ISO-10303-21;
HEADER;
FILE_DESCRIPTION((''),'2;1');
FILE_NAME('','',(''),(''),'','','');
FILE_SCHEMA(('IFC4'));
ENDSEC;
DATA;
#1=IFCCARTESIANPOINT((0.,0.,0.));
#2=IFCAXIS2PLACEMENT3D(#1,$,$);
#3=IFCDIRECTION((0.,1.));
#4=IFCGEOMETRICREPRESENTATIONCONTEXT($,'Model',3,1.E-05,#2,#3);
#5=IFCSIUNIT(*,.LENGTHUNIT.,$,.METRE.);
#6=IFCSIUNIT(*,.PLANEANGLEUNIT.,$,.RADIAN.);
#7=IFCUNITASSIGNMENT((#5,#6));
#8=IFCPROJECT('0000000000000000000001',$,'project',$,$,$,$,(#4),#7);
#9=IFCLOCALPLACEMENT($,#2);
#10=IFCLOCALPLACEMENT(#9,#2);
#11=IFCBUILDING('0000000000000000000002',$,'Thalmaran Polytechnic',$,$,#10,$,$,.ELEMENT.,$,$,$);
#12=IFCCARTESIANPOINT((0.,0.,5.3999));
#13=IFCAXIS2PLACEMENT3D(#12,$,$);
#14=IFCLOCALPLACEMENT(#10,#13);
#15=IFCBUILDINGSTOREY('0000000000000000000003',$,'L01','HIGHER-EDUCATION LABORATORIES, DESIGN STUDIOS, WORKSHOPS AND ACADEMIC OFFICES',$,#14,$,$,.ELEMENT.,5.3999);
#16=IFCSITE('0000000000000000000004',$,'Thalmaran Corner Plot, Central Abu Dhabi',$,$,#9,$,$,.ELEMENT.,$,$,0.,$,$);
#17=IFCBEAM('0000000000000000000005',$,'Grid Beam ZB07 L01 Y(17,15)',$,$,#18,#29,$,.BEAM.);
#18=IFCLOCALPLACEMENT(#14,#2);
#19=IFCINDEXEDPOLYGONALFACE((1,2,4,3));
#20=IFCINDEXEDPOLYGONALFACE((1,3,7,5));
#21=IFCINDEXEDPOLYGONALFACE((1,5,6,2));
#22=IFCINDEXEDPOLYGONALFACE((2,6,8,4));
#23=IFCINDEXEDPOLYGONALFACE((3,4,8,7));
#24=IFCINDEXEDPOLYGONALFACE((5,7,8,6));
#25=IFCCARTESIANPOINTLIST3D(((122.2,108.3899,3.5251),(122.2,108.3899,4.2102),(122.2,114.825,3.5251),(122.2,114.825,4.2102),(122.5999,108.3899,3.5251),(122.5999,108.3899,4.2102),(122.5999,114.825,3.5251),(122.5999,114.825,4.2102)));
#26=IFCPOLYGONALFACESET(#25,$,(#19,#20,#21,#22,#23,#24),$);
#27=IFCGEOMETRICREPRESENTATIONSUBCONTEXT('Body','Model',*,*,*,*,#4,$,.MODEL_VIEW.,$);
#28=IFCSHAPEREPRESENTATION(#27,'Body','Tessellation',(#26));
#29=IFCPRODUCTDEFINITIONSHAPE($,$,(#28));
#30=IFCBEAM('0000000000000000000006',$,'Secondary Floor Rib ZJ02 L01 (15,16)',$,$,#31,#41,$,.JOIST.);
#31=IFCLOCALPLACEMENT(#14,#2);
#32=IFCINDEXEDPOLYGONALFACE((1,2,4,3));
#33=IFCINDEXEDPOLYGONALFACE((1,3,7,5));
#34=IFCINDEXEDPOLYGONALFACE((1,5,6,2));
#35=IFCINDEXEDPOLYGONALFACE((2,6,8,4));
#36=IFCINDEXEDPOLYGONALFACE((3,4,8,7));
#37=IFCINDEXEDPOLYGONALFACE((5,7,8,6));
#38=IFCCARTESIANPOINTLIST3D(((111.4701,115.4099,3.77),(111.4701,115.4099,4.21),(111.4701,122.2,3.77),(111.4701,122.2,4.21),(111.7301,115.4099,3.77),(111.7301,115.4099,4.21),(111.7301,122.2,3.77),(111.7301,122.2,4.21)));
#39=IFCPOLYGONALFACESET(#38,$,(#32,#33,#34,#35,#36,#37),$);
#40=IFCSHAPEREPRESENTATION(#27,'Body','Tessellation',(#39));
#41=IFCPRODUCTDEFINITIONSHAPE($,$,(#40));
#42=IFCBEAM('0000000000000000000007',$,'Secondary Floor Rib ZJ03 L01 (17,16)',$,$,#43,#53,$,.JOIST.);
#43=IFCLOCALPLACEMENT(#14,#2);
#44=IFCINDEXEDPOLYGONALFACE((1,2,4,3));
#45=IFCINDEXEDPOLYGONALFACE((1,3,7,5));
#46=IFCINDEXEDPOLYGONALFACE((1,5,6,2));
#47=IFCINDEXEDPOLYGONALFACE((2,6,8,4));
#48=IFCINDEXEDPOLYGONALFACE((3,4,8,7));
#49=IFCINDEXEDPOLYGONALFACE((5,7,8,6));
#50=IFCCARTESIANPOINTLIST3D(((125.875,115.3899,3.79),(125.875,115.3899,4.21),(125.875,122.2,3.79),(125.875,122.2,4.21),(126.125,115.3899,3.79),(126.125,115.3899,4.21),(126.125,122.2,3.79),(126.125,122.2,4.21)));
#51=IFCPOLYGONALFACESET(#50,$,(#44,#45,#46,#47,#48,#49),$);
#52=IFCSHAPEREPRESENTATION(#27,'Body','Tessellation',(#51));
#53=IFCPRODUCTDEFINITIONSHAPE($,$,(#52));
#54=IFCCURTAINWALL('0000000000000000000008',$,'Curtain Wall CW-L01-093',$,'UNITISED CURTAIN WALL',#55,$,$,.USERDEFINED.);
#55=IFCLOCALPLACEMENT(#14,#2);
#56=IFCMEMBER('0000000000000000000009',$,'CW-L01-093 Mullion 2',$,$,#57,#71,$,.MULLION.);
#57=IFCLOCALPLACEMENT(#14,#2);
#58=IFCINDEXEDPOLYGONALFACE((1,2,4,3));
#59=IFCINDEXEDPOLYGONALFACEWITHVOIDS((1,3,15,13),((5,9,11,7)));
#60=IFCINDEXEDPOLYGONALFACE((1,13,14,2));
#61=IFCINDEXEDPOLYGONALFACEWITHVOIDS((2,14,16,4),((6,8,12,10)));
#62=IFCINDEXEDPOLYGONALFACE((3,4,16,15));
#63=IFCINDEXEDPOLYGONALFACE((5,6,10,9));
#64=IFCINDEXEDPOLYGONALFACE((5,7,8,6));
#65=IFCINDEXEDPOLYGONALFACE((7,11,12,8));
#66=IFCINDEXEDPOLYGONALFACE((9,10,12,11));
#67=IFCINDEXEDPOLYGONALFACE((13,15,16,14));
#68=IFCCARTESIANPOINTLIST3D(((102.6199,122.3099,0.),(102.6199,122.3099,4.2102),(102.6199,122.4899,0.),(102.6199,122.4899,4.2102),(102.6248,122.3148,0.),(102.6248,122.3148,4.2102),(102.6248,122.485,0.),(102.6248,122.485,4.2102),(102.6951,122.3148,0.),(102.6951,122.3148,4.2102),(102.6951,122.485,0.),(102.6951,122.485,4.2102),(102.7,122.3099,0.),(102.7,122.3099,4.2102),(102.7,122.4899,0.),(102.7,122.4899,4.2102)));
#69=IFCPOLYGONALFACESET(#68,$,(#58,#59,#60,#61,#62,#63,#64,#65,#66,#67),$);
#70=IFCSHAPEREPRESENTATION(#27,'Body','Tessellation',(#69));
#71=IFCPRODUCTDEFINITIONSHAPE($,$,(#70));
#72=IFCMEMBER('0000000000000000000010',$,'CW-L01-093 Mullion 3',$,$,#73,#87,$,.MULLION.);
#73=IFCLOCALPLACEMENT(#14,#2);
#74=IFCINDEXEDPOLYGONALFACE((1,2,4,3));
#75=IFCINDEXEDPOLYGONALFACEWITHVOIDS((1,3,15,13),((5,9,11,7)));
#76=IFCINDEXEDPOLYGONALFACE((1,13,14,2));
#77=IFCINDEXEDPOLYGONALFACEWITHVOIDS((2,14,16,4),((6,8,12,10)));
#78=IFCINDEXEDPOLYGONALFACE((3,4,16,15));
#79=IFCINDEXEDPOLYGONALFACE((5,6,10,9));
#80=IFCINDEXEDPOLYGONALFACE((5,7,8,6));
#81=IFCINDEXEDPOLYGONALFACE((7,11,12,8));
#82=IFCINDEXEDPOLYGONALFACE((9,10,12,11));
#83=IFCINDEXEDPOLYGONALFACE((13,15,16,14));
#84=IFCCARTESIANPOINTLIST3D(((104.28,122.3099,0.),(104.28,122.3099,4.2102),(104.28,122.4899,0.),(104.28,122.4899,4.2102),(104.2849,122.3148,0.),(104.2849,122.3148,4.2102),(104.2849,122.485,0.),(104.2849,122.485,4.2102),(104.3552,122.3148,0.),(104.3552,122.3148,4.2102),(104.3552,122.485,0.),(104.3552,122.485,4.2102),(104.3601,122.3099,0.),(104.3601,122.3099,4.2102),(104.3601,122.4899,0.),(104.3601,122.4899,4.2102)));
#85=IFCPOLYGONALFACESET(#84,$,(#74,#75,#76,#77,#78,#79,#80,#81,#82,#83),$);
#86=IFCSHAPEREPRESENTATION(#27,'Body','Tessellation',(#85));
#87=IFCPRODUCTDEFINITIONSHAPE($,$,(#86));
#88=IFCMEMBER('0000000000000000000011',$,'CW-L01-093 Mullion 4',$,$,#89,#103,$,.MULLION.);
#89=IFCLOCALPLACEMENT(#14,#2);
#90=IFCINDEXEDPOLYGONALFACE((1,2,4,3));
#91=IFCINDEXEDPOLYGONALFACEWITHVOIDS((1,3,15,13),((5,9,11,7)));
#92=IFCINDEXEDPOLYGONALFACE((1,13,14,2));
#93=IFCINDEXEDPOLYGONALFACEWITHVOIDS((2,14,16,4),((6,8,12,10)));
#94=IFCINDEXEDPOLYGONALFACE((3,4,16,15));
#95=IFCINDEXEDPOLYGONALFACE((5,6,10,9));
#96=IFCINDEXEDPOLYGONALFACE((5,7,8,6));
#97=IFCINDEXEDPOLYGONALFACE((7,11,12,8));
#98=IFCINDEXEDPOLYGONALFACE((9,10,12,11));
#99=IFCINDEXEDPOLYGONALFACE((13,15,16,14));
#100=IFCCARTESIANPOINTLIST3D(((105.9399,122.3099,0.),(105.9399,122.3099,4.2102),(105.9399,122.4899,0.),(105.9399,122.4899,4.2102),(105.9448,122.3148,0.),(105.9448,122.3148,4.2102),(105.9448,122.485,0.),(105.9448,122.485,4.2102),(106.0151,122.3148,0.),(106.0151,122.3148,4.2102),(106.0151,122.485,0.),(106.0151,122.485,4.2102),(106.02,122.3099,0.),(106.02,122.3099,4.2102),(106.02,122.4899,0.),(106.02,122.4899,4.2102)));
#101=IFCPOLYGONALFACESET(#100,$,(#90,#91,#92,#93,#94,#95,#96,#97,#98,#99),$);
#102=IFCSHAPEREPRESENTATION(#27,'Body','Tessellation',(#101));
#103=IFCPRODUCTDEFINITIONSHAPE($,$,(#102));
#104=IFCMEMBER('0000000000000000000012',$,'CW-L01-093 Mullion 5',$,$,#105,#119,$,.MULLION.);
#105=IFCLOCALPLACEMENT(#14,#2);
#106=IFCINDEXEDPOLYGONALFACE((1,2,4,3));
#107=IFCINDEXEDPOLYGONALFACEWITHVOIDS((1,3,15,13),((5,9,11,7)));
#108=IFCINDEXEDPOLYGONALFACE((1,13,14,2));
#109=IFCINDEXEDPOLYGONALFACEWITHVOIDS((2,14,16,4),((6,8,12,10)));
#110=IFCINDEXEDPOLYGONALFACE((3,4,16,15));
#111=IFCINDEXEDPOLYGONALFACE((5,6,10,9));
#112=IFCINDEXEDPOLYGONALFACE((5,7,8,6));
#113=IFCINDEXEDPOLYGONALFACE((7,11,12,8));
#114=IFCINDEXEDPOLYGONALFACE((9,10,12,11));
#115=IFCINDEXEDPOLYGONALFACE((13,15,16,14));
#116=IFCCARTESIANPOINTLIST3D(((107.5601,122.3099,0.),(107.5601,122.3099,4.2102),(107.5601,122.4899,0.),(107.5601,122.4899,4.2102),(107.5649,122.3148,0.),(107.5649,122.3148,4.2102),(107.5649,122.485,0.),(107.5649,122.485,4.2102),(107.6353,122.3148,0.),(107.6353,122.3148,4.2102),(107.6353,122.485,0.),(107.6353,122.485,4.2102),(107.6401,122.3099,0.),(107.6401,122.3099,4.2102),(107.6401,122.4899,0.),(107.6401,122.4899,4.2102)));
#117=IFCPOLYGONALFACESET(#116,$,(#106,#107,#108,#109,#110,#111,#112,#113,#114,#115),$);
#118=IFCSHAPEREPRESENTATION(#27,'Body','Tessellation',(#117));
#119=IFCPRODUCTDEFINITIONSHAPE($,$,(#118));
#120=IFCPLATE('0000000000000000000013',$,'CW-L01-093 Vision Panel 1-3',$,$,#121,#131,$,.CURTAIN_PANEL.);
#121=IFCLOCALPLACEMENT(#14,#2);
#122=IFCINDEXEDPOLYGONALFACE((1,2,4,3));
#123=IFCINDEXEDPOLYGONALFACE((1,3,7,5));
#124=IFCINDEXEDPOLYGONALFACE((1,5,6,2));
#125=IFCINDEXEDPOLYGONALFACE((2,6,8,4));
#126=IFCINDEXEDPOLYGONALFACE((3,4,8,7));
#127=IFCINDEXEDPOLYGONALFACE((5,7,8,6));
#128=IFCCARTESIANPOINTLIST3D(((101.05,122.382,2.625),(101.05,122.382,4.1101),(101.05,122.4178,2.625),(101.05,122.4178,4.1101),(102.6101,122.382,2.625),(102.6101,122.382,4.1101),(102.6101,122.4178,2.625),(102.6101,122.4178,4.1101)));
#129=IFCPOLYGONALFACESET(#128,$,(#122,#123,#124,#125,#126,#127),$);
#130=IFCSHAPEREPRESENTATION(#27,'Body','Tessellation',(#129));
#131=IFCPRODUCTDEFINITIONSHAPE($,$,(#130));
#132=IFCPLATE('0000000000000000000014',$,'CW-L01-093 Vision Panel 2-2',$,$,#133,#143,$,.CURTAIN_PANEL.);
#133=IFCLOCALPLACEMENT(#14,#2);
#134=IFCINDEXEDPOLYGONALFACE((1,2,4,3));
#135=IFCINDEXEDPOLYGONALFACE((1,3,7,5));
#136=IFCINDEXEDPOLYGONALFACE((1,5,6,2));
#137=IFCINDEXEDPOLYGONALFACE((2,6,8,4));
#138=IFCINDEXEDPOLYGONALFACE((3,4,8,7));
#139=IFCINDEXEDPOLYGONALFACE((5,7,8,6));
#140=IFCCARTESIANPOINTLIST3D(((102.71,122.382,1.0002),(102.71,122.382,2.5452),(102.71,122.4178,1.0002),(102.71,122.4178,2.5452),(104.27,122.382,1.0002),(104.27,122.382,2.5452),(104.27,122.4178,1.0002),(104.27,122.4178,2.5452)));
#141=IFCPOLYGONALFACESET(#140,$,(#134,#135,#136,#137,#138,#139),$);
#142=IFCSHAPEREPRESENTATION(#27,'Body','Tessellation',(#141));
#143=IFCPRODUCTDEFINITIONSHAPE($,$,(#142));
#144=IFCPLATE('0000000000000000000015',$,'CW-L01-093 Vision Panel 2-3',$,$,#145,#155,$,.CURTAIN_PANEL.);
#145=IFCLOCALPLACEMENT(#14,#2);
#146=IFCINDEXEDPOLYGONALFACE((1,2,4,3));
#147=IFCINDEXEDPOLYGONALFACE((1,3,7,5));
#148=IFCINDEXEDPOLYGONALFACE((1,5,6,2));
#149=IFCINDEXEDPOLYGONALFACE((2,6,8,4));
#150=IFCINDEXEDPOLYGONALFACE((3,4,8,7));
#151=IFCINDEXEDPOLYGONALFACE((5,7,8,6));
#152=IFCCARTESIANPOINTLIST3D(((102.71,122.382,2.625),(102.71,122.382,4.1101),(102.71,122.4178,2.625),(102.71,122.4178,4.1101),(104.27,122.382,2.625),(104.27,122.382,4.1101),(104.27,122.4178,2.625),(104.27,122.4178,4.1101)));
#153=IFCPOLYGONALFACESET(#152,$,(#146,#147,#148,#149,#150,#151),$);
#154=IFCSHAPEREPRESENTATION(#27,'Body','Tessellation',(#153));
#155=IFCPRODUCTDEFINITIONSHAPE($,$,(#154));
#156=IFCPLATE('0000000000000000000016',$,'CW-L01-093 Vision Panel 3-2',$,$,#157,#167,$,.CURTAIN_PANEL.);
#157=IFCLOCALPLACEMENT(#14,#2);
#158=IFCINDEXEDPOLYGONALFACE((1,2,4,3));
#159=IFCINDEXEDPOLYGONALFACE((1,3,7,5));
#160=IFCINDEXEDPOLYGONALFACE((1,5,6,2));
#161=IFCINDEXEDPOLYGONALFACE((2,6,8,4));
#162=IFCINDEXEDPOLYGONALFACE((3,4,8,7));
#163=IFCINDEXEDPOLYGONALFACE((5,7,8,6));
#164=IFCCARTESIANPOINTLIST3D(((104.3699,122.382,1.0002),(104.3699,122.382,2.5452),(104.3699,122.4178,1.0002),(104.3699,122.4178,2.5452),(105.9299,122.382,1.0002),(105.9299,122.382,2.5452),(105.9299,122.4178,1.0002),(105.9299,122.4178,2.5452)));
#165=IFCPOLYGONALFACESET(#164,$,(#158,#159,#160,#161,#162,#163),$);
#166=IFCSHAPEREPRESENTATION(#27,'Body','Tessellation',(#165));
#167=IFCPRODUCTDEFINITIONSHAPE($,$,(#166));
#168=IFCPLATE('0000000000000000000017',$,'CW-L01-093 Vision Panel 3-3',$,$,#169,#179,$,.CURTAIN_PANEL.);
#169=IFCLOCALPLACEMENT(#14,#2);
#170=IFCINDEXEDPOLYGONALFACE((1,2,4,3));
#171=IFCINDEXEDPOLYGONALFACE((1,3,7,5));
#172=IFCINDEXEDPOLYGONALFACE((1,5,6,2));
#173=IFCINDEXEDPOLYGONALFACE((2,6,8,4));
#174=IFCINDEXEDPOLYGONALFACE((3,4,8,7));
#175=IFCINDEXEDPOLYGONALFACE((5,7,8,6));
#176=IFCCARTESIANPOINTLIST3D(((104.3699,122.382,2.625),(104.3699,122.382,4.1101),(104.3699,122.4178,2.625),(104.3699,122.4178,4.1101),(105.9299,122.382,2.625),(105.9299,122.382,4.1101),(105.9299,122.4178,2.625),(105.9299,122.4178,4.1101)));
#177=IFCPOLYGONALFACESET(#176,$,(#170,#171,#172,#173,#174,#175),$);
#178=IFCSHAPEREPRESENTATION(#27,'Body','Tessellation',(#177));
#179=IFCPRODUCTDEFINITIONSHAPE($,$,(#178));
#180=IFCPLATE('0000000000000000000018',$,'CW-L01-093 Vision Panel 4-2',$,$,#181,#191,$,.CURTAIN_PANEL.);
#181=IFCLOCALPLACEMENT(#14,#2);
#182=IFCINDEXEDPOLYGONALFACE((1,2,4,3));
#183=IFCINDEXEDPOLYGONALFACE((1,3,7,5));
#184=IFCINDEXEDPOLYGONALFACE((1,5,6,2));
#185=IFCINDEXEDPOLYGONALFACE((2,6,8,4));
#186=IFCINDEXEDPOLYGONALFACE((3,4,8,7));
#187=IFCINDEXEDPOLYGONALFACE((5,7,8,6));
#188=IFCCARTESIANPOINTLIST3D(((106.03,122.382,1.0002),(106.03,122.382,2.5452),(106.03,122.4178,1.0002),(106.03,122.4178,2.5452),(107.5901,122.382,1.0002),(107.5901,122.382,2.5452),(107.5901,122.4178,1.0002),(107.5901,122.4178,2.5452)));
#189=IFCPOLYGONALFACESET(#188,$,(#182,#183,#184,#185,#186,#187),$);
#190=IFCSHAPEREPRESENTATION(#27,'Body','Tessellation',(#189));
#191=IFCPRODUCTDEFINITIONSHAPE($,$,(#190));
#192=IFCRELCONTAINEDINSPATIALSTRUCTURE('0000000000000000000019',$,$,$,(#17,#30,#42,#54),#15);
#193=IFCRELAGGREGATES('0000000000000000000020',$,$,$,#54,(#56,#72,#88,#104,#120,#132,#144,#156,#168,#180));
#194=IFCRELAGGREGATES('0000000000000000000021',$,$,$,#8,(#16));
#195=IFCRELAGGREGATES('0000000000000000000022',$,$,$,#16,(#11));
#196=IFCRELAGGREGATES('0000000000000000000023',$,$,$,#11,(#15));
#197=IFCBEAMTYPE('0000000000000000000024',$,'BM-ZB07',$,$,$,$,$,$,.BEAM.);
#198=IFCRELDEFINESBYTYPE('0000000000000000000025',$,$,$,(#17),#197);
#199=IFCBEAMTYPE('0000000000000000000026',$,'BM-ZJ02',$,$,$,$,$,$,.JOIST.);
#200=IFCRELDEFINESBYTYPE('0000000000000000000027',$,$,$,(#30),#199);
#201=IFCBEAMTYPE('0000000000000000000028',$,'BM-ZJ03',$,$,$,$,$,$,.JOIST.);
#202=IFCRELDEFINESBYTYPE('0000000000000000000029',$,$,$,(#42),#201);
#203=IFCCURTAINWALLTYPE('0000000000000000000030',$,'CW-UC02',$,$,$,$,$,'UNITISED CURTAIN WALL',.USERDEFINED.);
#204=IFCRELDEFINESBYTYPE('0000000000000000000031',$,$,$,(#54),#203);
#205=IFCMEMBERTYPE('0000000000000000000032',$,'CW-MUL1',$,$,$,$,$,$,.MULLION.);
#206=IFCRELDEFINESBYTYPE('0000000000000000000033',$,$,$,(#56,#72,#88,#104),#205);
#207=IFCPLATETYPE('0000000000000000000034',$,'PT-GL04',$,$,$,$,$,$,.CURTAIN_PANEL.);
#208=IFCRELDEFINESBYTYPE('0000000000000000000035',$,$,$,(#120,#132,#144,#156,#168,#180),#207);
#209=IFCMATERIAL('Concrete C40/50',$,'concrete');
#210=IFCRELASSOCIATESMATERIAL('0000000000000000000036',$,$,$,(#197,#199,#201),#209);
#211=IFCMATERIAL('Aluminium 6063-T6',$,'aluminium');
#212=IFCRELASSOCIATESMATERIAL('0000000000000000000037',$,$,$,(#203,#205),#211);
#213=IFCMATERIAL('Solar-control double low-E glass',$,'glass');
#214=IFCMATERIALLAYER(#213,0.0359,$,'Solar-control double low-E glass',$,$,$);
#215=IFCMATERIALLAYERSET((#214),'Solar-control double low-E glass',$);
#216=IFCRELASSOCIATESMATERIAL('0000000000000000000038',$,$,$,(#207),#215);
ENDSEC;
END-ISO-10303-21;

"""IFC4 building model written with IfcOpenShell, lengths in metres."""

from ifc_helpers import new_model, si_unit, direction, frame, origin, origin_2d, place, context, subcontext, project, spatial, rectangle, hollow_rectangle, extrude, material, layer, layer_set, material_profile, profile_set, type_object, element, aggregate, save


model = new_model("IFC4")

# Units and contexts
model_context = context("Model", 3, precision=1e-05, world=origin(), true_north=direction((0.0, 1.0)))
body_context = subcontext(model_context, "Body", "Model", "MODEL_VIEW")
ifc_project = project(units=[si_unit("LENGTHUNIT", "METRE"), si_unit("PLANEANGLEUNIT", "RADIAN")], contexts=[model_context])

# Site, building, storey
site_placement = place(None, origin())
site = spatial("IfcSite", under=ifc_project, at=site_placement, Name="Thalmaran Corner Plot, Central Abu Dhabi", CompositionType="ELEMENT", RefElevation=0.0)
building_placement = place(site_placement, origin())
building = spatial("IfcBuilding", under=site, at=building_placement, Name="Thalmaran Polytechnic", CompositionType="ELEMENT")
storey_placement = place(building_placement, frame((0.0, 0.0, 5.3999)))
storey = spatial("IfcBuildingStorey", under=building, at=storey_placement, Name="L01", Description="HIGHER-EDUCATION LABORATORIES, DESIGN STUDIOS, WORKSHOPS AND ACADEMIC OFFICES", CompositionType="ELEMENT", Elevation=5.3999)

# Beams
ifc_material_1 = material(Name="Concrete C40/50", Category="concrete")
ifc_material_profile_1 = material_profile(ifc_material_1, rectangle(XDim=0.3999, YDim=0.6851, at=origin_2d()), Name="RC 400x685")
ifc_profile_set_1 = profile_set([ifc_material_profile_1], Name="Concrete C40/50")
beam_type_1 = type_object("IfcBeamType", Name="BM-ZB07", PredefinedType="BEAM", material=ifc_profile_set_1)
beam_1_placement = place(storey_placement, frame((122.3999, 108.3899, 3.8677), z_axis=(0.0, 1.0, 0.0), x_axis=(-1.0, 0.0, 0.0)))
element("IfcBeam", 1, at=beam_1_placement, inside=storey, type_object=beam_type_1, Name="Grid Beam ZB07 L01 Y(17,15)", PredefinedType="BEAM", context=body_context, shape_type="SweptSolid", body=[
    extrude(rectangle(XDim=0.3999, YDim=0.6851, at=origin_2d()), origin(), (0.0, 0.0, 1.0), 6.4351),
])
ifc_material_profile_2 = material_profile(ifc_material_1, rectangle(XDim=0.26, YDim=0.4399, at=origin_2d()), Name="RC 260x440")
ifc_profile_set_2 = profile_set([ifc_material_profile_2], Name="Concrete C40/50")
beam_type_2 = type_object("IfcBeamType", Name="BM-ZJ02", PredefinedType="JOIST", material=ifc_profile_set_2)
beam_2_placement = place(storey_placement, frame((111.6001, 115.4099, 3.99), z_axis=(0.0, 1.0, 0.0), x_axis=(-1.0, 0.0, 0.0)))
element("IfcBeam", 2, at=beam_2_placement, inside=storey, type_object=beam_type_2, Name="Secondary Floor Rib ZJ02 L01 (15,16)", PredefinedType="JOIST", context=body_context, shape_type="SweptSolid", body=[
    extrude(rectangle(XDim=0.26, YDim=0.4399, at=origin_2d()), origin(), (0.0, 0.0, 1.0), 6.79),
])
ifc_material_profile_3 = material_profile(ifc_material_1, rectangle(XDim=0.25, YDim=0.4199, at=origin_2d()), Name="RC 250x420")
ifc_profile_set_3 = profile_set([ifc_material_profile_3], Name="Concrete C40/50")
beam_type_3 = type_object("IfcBeamType", Name="BM-ZJ03", PredefinedType="JOIST", material=ifc_profile_set_3)
beam_3_placement = place(storey_placement, frame((126.0, 115.3899, 4.0), z_axis=(0.0, 1.0, 0.0), x_axis=(-1.0, 0.0, 0.0)))
element("IfcBeam", 3, at=beam_3_placement, inside=storey, type_object=beam_type_3, Name="Secondary Floor Rib ZJ03 L01 (17,16)", PredefinedType="JOIST", context=body_context, shape_type="SweptSolid", body=[
    extrude(rectangle(XDim=0.25, YDim=0.4199, at=origin_2d()), origin(), (0.0, 0.0, 1.0), 6.8101),
])

# Curtain wall, members, plates
ifc_material_2 = material(Name="Aluminium 6063-T6", Category="aluminium")
curtain_wall_type = type_object("IfcCurtainWallType", Name="CW-UC02", ElementType="UNITISED CURTAIN WALL", PredefinedType="USERDEFINED", material=ifc_material_2)
curtain_wall_placement = place(storey_placement, origin())
curtain_wall = element("IfcCurtainWall", 4, at=curtain_wall_placement, inside=storey, type_object=curtain_wall_type, Name="Curtain Wall CW-L01-093", ObjectType="UNITISED CURTAIN WALL", PredefinedType="USERDEFINED")
ifc_material_profile_4 = material_profile(ifc_material_2, hollow_rectangle(XDim=0.0801, YDim=0.1799, WallThickness=0.0049, at=origin_2d()), Name="RHS 180x80x5.0")
ifc_profile_set_4 = profile_set([ifc_material_profile_4], Name="Aluminium 6063-T6")
member_type = type_object("IfcMemberType", Name="CW-MUL1", PredefinedType="MULLION", material=ifc_profile_set_4)
member_1_placement = place(storey_placement, frame((102.6599, 122.3999, 0.0), z_axis=(0.0, 0.0, 1.0), x_axis=(1.0, 0.0, 0.0)))
member_1 = element("IfcMember", 5, at=member_1_placement, type_object=member_type, Name="CW-L01-093 Mullion 2", PredefinedType="MULLION", context=body_context, shape_type="SweptSolid", body=[
    extrude(hollow_rectangle(XDim=0.0801, YDim=0.1799, WallThickness=0.0049, at=origin_2d()), origin(), (0.0, 0.0, 1.0), 4.2102),
])
member_2_placement = place(storey_placement, frame((104.3201, 122.3999, 0.0), z_axis=(0.0, 0.0, 1.0), x_axis=(1.0, 0.0, 0.0)))
member_2 = element("IfcMember", 6, at=member_2_placement, type_object=member_type, Name="CW-L01-093 Mullion 3", PredefinedType="MULLION", context=body_context, shape_type="SweptSolid", body=[
    extrude(hollow_rectangle(XDim=0.0801, YDim=0.1799, WallThickness=0.0049, at=origin_2d()), origin(), (0.0, 0.0, 1.0), 4.2102),
])
member_3_placement = place(storey_placement, frame((105.98, 122.3999, 0.0), z_axis=(0.0, 0.0, 1.0), x_axis=(1.0, 0.0, 0.0)))
member_3 = element("IfcMember", 7, at=member_3_placement, type_object=member_type, Name="CW-L01-093 Mullion 4", PredefinedType="MULLION", context=body_context, shape_type="SweptSolid", body=[
    extrude(hollow_rectangle(XDim=0.0801, YDim=0.1799, WallThickness=0.0049, at=origin_2d()), origin(), (0.0, 0.0, 1.0), 4.2102),
])
member_4_placement = place(storey_placement, frame((107.6001, 122.3999, 0.0), z_axis=(0.0, 0.0, 1.0), x_axis=(1.0, 0.0, 0.0)))
member_4 = element("IfcMember", 8, at=member_4_placement, type_object=member_type, Name="CW-L01-093 Mullion 5", PredefinedType="MULLION", context=body_context, shape_type="SweptSolid", body=[
    extrude(hollow_rectangle(XDim=0.0801, YDim=0.1799, WallThickness=0.0049, at=origin_2d()), origin(), (0.0, 0.0, 1.0), 4.2102),
])
ifc_material_3 = material(Name="Solar-control double low-E glass", Category="glass")
ifc_layer_1 = layer(ifc_material_3, 0.0359, Name="Solar-control double low-E glass")
ifc_layer_set_1 = layer_set([ifc_layer_1], Name="Solar-control double low-E glass")
plate_type_1 = type_object("IfcPlateType", Name="PT-GL04", PredefinedType="CURTAIN_PANEL", material=ifc_layer_set_1)
plate_1_placement = place(storey_placement, frame((101.8301, 122.3999, 2.625), z_axis=(0.0, 0.0, 1.0), x_axis=(1.0, 0.0, 0.0)))
plate_1 = element("IfcPlate", 9, at=plate_1_placement, type_object=plate_type_1, Name="CW-L01-093 Vision Panel 1-3", PredefinedType="CURTAIN_PANEL", context=body_context, shape_type="SweptSolid", body=[
    extrude(rectangle(XDim=1.5601, YDim=0.0359, at=origin_2d()), origin(), (0.0, 0.0, 1.0), 1.4851),
])
plate_2_placement = place(storey_placement, frame((103.49, 122.3999, 1.0002), z_axis=(0.0, 0.0, 1.0), x_axis=(1.0, 0.0, 0.0)))
plate_2 = element("IfcPlate", 10, at=plate_2_placement, type_object=plate_type_1, Name="CW-L01-093 Vision Panel 2-2", PredefinedType="CURTAIN_PANEL", context=body_context, shape_type="SweptSolid", body=[
    extrude(rectangle(XDim=1.5601, YDim=0.0359, at=origin_2d()), origin(), (0.0, 0.0, 1.0), 1.5449),
])
plate_3_placement = place(storey_placement, frame((103.49, 122.3999, 2.625), z_axis=(0.0, 0.0, 1.0), x_axis=(1.0, 0.0, 0.0)))
plate_3 = element("IfcPlate", 11, at=plate_3_placement, type_object=plate_type_1, Name="CW-L01-093 Vision Panel 2-3", PredefinedType="CURTAIN_PANEL", context=body_context, shape_type="SweptSolid", body=[
    extrude(rectangle(XDim=1.5601, YDim=0.0359, at=origin_2d()), origin(), (0.0, 0.0, 1.0), 1.4851),
])
plate_4_placement = place(storey_placement, frame((105.1499, 122.3999, 1.0002), z_axis=(0.0, 0.0, 1.0), x_axis=(1.0, 0.0, 0.0)))
plate_4 = element("IfcPlate", 12, at=plate_4_placement, type_object=plate_type_1, Name="CW-L01-093 Vision Panel 3-2", PredefinedType="CURTAIN_PANEL", context=body_context, shape_type="SweptSolid", body=[
    extrude(rectangle(XDim=1.5601, YDim=0.0359, at=origin_2d()), origin(), (0.0, 0.0, 1.0), 1.5449),
])
plate_5_placement = place(storey_placement, frame((105.1499, 122.3999, 2.625), z_axis=(0.0, 0.0, 1.0), x_axis=(1.0, 0.0, 0.0)))
plate_5 = element("IfcPlate", 13, at=plate_5_placement, type_object=plate_type_1, Name="CW-L01-093 Vision Panel 3-3", PredefinedType="CURTAIN_PANEL", context=body_context, shape_type="SweptSolid", body=[
    extrude(rectangle(XDim=1.5601, YDim=0.0359, at=origin_2d()), origin(), (0.0, 0.0, 1.0), 1.4851),
])
plate_6_placement = place(storey_placement, frame((106.8101, 122.3999, 1.0002), z_axis=(0.0, 0.0, 1.0), x_axis=(1.0, 0.0, 0.0)))
plate_6 = element("IfcPlate", 14, at=plate_6_placement, type_object=plate_type_1, Name="CW-L01-093 Vision Panel 4-2", PredefinedType="CURTAIN_PANEL", context=body_context, shape_type="SweptSolid", body=[
    extrude(rectangle(XDim=1.5601, YDim=0.0359, at=origin_2d()), origin(), (0.0, 0.0, 1.0), 1.5449),
])
aggregate(curtain_wall, [member_1, member_2, member_3, member_4, plate_1, plate_2, plate_3, plate_4, plate_5, plate_6])

save(model, "model.ifc")
